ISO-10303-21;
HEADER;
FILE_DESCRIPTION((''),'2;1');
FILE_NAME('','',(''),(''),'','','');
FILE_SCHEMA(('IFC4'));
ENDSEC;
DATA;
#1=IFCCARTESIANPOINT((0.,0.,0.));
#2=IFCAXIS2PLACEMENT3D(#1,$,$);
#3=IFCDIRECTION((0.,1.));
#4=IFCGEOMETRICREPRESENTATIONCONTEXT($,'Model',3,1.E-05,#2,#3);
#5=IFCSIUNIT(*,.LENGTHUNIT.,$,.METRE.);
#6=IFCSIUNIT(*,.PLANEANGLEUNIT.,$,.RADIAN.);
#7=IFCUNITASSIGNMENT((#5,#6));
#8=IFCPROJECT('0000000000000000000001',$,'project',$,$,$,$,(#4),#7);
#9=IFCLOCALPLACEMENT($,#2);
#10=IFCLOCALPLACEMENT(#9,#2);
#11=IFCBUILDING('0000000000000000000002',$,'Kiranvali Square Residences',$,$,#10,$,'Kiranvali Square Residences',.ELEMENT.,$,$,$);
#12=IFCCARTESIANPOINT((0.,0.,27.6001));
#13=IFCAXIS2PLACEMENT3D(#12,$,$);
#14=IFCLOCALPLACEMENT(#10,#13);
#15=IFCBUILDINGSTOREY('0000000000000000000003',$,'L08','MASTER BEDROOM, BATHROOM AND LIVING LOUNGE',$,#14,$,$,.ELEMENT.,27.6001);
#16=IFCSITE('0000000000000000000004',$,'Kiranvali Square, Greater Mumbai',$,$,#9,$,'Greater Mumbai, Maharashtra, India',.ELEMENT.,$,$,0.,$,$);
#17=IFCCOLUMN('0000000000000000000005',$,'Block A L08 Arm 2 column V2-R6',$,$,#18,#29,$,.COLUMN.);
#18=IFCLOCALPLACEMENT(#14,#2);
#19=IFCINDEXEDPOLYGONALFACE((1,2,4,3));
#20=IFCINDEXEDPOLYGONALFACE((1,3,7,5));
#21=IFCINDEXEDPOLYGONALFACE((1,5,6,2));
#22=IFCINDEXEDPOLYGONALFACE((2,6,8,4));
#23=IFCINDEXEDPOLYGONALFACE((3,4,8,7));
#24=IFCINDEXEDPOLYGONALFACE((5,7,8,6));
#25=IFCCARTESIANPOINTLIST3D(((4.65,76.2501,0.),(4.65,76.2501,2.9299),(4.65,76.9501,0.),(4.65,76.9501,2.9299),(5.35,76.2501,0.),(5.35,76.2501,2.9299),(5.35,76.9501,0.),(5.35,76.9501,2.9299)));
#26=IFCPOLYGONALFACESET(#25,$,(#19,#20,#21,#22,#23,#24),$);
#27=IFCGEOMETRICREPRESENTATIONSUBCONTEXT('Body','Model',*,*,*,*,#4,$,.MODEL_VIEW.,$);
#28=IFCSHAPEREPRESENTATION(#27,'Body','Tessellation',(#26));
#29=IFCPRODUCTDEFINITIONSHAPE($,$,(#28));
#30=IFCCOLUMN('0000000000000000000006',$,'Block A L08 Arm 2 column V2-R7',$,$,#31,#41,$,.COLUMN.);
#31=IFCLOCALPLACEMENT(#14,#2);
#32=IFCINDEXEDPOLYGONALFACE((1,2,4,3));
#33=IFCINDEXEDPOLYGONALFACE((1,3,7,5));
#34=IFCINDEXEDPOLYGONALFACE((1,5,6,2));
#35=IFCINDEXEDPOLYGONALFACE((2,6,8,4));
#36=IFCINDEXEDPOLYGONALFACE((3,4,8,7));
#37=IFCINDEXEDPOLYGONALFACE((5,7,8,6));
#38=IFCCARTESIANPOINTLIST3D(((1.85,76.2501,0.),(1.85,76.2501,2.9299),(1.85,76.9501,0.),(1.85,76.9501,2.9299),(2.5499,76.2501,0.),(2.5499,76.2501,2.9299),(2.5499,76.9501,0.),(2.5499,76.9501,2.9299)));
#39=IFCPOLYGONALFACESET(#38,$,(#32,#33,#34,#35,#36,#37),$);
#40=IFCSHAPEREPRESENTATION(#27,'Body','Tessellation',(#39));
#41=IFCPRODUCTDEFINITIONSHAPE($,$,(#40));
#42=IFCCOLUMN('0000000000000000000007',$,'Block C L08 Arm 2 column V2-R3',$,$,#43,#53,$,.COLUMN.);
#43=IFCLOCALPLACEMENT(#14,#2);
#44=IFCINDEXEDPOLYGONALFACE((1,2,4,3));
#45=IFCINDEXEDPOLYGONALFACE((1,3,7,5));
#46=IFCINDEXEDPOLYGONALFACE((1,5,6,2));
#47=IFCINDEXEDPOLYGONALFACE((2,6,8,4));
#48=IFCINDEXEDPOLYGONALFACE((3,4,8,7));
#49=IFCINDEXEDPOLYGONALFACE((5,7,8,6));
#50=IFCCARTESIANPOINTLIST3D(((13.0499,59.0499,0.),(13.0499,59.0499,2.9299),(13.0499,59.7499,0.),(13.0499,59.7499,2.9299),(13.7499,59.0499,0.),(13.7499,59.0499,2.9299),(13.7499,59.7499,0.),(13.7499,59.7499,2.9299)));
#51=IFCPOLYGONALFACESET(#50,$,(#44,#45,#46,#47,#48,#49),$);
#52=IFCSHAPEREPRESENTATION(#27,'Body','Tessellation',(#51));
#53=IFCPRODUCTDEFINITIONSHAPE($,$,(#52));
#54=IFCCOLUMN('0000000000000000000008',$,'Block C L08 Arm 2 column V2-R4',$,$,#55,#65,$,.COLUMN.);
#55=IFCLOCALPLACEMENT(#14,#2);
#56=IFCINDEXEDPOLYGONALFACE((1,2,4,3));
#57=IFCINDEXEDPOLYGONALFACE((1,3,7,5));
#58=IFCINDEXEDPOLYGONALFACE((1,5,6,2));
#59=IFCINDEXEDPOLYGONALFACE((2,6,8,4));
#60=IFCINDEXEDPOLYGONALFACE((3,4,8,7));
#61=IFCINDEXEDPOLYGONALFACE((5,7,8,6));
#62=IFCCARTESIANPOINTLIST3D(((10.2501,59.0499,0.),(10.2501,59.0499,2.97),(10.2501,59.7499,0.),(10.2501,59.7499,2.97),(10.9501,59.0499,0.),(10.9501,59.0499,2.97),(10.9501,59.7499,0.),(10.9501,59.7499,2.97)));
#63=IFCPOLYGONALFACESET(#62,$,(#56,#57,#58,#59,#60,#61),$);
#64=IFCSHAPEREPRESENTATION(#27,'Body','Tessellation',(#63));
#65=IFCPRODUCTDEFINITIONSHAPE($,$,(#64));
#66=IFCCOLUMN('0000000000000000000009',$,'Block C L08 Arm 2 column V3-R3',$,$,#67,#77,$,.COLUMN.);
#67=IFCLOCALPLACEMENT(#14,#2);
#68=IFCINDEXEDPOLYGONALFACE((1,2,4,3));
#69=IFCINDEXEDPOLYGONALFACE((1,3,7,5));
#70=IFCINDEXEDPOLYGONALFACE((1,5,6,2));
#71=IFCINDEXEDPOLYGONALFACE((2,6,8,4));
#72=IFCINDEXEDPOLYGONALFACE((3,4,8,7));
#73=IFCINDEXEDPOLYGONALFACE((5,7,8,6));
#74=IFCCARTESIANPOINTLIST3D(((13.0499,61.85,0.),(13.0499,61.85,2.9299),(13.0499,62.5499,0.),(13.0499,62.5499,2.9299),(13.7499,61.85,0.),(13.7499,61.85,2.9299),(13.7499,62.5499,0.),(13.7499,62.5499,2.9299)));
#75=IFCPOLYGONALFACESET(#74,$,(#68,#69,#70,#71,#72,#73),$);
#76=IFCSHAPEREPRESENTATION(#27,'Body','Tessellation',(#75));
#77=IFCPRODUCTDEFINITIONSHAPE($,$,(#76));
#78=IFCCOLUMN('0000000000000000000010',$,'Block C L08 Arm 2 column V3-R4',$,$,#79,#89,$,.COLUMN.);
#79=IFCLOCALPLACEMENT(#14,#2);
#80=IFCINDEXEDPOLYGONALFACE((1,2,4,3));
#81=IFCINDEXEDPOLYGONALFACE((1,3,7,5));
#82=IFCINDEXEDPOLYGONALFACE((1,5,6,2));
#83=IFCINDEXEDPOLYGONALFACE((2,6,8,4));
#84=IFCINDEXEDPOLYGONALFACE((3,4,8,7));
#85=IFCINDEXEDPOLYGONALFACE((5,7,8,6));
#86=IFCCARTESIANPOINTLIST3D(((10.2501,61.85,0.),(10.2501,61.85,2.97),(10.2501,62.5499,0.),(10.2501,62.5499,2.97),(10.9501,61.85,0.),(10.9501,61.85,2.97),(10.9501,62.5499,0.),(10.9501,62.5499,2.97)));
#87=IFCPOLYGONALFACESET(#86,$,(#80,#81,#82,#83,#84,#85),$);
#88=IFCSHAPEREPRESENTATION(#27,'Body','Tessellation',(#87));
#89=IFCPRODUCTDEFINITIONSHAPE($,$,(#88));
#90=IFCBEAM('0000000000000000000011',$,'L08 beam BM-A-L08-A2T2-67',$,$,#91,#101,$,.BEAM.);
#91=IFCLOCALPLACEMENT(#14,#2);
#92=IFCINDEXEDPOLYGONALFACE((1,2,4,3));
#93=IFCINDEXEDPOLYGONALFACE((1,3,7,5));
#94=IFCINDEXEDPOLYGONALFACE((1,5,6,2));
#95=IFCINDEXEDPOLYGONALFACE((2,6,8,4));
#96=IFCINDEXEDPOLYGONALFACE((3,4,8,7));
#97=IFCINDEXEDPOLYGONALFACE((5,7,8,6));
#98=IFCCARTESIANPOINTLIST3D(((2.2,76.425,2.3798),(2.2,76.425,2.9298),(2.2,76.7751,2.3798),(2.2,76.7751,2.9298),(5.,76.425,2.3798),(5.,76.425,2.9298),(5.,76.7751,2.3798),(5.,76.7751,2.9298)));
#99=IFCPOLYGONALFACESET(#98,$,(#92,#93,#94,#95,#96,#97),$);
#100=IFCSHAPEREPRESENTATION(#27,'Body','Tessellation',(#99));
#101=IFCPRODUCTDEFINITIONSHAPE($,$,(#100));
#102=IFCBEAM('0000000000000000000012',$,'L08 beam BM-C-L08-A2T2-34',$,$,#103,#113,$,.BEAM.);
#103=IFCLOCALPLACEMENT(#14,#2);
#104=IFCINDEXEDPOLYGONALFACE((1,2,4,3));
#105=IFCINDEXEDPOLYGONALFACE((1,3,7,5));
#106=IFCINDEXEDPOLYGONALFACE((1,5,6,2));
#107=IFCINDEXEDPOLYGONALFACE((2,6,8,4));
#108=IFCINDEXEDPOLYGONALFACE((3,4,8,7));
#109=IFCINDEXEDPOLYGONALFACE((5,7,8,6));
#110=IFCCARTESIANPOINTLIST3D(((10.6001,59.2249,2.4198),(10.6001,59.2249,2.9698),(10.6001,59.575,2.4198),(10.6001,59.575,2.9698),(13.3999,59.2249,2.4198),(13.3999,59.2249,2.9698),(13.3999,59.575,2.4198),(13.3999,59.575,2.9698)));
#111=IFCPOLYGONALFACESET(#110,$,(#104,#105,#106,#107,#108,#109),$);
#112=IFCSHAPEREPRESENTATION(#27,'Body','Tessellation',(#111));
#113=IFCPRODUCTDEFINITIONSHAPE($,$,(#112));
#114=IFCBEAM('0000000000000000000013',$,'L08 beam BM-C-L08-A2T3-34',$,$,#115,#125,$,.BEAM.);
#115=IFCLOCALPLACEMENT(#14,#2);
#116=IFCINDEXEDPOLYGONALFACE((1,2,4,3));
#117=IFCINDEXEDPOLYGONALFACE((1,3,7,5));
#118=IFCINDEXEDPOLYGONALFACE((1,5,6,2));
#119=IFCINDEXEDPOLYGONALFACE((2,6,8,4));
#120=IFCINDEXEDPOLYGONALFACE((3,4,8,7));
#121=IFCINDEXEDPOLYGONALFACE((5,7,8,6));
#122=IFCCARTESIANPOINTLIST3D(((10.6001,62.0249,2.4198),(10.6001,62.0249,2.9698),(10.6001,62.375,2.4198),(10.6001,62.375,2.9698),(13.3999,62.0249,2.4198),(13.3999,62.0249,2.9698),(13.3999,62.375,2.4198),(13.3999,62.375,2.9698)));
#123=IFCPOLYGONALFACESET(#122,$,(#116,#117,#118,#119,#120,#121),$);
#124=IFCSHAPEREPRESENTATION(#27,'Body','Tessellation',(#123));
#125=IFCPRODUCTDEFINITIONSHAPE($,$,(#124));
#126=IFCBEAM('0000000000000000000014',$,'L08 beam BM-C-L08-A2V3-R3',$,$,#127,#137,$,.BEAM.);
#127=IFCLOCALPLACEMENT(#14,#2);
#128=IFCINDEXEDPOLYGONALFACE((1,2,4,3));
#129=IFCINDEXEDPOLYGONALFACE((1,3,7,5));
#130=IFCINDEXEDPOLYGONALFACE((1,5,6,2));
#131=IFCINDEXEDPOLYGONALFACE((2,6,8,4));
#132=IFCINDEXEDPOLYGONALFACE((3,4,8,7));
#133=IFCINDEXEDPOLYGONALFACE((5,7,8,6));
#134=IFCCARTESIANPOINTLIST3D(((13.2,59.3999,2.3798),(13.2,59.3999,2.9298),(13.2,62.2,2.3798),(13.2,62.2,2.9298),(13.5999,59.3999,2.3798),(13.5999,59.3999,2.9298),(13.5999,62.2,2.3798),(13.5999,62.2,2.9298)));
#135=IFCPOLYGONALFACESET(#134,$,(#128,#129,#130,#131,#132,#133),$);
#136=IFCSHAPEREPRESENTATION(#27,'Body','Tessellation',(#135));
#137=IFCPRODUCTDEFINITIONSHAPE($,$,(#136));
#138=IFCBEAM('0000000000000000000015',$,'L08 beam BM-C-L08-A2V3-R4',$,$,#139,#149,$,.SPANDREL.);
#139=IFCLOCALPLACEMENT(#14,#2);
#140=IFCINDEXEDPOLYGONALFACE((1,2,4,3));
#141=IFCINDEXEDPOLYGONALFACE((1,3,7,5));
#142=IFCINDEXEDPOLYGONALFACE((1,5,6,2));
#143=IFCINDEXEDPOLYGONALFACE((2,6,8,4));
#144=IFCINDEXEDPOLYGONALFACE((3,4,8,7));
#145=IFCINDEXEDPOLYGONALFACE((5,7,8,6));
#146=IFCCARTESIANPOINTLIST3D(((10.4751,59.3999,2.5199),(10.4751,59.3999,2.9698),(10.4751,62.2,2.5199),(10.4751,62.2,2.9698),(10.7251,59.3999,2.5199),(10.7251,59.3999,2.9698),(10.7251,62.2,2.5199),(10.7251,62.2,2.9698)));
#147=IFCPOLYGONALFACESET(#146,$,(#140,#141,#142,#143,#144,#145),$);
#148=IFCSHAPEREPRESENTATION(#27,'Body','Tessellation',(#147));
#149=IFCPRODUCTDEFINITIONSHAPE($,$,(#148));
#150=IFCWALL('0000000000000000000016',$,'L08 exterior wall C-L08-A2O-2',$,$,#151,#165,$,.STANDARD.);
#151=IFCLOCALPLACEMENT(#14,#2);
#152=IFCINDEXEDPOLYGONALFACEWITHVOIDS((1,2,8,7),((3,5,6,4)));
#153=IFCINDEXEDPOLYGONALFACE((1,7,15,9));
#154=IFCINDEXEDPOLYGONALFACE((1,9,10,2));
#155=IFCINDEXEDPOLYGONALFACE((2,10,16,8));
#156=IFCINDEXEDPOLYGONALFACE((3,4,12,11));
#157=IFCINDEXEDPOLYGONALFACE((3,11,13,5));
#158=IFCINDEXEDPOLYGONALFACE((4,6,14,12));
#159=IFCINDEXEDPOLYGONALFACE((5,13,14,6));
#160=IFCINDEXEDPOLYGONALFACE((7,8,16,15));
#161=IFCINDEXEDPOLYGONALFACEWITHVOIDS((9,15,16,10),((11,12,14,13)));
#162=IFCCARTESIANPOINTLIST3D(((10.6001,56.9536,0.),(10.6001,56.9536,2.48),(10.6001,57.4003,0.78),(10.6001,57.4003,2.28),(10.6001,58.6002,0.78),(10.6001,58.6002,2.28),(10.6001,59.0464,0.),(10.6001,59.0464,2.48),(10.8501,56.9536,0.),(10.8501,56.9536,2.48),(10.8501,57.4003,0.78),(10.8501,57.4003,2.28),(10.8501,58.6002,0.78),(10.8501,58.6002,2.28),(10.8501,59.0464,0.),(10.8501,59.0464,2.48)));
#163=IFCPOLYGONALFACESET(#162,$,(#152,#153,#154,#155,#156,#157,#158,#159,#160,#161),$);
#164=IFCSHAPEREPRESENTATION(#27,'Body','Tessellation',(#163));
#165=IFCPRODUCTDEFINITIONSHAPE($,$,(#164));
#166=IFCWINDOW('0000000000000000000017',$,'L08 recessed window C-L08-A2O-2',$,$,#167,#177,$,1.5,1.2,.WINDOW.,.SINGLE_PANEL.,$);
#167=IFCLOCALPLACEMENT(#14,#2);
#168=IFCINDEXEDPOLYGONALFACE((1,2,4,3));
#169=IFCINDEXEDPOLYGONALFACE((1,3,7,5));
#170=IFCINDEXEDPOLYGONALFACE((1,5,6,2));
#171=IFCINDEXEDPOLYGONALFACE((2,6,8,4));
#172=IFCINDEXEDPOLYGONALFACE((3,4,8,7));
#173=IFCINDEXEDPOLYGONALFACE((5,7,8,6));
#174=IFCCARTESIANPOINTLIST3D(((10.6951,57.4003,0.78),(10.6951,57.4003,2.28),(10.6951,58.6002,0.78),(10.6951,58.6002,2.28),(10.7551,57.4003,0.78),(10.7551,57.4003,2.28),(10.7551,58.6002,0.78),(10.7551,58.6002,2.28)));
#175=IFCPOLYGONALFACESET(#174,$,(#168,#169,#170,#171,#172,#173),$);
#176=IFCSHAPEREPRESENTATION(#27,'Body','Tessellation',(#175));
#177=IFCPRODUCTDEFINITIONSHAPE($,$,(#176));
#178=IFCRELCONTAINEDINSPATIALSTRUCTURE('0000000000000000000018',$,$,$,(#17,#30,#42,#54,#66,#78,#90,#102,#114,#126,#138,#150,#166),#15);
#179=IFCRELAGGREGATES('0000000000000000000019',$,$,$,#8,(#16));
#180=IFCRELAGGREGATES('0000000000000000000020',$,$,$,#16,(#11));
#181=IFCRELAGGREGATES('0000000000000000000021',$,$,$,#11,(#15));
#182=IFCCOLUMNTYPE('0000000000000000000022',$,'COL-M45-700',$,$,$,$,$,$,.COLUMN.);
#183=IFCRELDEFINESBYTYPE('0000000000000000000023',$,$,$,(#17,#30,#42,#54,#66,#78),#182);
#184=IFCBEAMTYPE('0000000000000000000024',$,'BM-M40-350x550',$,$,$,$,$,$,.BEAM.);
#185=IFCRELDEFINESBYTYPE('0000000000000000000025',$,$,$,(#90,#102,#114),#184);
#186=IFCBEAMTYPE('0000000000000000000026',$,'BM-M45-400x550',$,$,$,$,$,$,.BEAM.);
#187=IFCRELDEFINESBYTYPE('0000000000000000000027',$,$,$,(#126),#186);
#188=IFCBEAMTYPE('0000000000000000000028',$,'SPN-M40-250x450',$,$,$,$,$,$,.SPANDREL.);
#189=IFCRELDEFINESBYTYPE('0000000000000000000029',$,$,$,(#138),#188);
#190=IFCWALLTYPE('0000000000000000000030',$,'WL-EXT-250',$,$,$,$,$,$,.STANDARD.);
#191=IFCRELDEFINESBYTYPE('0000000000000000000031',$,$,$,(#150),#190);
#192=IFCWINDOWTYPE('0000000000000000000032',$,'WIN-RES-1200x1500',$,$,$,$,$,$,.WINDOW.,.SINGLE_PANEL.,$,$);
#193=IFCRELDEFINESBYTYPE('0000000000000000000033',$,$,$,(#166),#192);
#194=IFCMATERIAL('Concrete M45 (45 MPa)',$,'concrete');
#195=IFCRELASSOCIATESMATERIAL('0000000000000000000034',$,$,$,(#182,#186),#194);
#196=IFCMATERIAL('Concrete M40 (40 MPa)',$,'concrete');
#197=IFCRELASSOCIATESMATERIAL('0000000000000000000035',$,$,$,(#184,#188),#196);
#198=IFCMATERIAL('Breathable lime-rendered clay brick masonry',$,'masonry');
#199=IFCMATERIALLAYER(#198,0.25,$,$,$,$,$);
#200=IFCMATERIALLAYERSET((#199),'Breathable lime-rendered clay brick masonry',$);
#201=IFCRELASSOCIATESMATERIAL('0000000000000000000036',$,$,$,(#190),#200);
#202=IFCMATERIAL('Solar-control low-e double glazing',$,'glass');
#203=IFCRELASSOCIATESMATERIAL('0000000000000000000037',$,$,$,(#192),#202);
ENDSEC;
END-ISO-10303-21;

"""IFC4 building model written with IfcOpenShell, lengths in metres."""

from ifc_helpers import new_model, si_unit, direction, frame, frame_2d, origin, origin_2d, place, context, subcontext, project, spatial, rectangle, extrude, material, layer, layer_set, material_profile, profile_set, type_object, element, fill, save


model = new_model("IFC4")

# Units and contexts
model_context = context("Model", 3, precision=1e-05, world=origin(), true_north=direction((0.0, 1.0)))
body_context = subcontext(model_context, "Body", "Model", "MODEL_VIEW")
ifc_project = project(units=[si_unit("LENGTHUNIT", "METRE"), si_unit("PLANEANGLEUNIT", "RADIAN")], contexts=[model_context])

# Site, building, storey
site_placement = place(None, origin())
site = spatial("IfcSite", under=ifc_project, at=site_placement, Name="Kiranvali Square, Greater Mumbai", LongName="Greater Mumbai, Maharashtra, India", CompositionType="ELEMENT", RefElevation=0.0)
building_placement = place(site_placement, origin())
building = spatial("IfcBuilding", under=site, at=building_placement, Name="Kiranvali Square Residences", LongName="Kiranvali Square Residences", CompositionType="ELEMENT")
storey_placement = place(building_placement, frame((0.0, 0.0, 27.6001)))
storey = spatial("IfcBuildingStorey", under=building, at=storey_placement, Name="L08", Description="MASTER BEDROOM, BATHROOM AND LIVING LOUNGE", CompositionType="ELEMENT", Elevation=27.6001)

# Columns
ifc_material_1 = material(Name="Concrete M45 (45 MPa)", Category="concrete")
ifc_material_profile_1 = material_profile(ifc_material_1, rectangle(XDim=0.7, YDim=0.7, at=origin_2d()), Name="RC 700x700")
ifc_profile_set_1 = profile_set([ifc_material_profile_1], Name="Concrete M45 (45 MPa)")
column_type = type_object("IfcColumnType", Name="COL-M45-700", PredefinedType="COLUMN", material=ifc_profile_set_1)
for number, where, z_axis, x_axis, name in (
    (1, (5.0, 76.6001, 0.0), (0.0, 0.0, 1.0), (1.0, 0.0, 0.0), "Block A L08 Arm 2 column V2-R6"),
    (2, (2.2, 76.6001, 0.0), (0.0, 0.0, 1.0), (1.0, 0.0, 0.0), "Block A L08 Arm 2 column V2-R7"),
    (3, (13.3999, 59.3999, 0.0), (0.0, 0.0, 1.0), (1.0, 0.0, 0.0), "Block C L08 Arm 2 column V2-R3"),
):
    element("IfcColumn", number, at=place(storey_placement, frame(where, z_axis=z_axis, x_axis=x_axis)), inside=storey, type_object=column_type, Name=name, PredefinedType="COLUMN", context=body_context, shape_type="SweptSolid", body=[
        extrude(rectangle(XDim=0.7, YDim=0.7, at=origin_2d()), origin(), (0.0, 0.0, 1.0), 2.9299),
    ])
column_1_placement = place(storey_placement, frame((10.6001, 59.3999, 0.0), z_axis=(0.0, 0.0, 1.0), x_axis=(1.0, 0.0, 0.0)))
element("IfcColumn", 4, at=column_1_placement, inside=storey, type_object=column_type, Name="Block C L08 Arm 2 column V2-R4", PredefinedType="COLUMN", context=body_context, shape_type="SweptSolid", body=[
    extrude(rectangle(XDim=0.7, YDim=0.7, at=origin_2d()), origin(), (0.0, 0.0, 1.0), 2.97),
])
column_2_placement = place(storey_placement, frame((13.3999, 62.2, 0.0), z_axis=(0.0, 0.0, 1.0), x_axis=(1.0, 0.0, 0.0)))
element("IfcColumn", 5, at=column_2_placement, inside=storey, type_object=column_type, Name="Block C L08 Arm 2 column V3-R3", PredefinedType="COLUMN", context=body_context, shape_type="SweptSolid", body=[
    extrude(rectangle(XDim=0.7, YDim=0.7, at=origin_2d()), origin(), (0.0, 0.0, 1.0), 2.9299),
])
column_3_placement = place(storey_placement, frame((10.6001, 62.2, 0.0), z_axis=(0.0, 0.0, 1.0), x_axis=(1.0, 0.0, 0.0)))
element("IfcColumn", 6, at=column_3_placement, inside=storey, type_object=column_type, Name="Block C L08 Arm 2 column V3-R4", PredefinedType="COLUMN", context=body_context, shape_type="SweptSolid", body=[
    extrude(rectangle(XDim=0.7, YDim=0.7, at=origin_2d()), origin(), (0.0, 0.0, 1.0), 2.97),
])

# Beams
ifc_material_2 = material(Name="Concrete M40 (40 MPa)", Category="concrete")
ifc_material_profile_2 = material_profile(ifc_material_2, rectangle(XDim=0.3501, YDim=0.55, at=origin_2d()), Name="RC 350x550")
ifc_profile_set_2 = profile_set([ifc_material_profile_2], Name="Concrete M40 (40 MPa)")
beam_type_1 = type_object("IfcBeamType", Name="BM-M40-350x550", PredefinedType="BEAM", material=ifc_profile_set_2)
beam_1_placement = place(storey_placement, frame((5.0, 76.6001, 2.6548), z_axis=(-1.0, 0.0, 0.0), x_axis=(0.0, -1.0, 0.0)))
element("IfcBeam", 7, at=beam_1_placement, inside=storey, type_object=beam_type_1, Name="L08 beam BM-A-L08-A2T2-67", PredefinedType="BEAM", context=body_context, shape_type="SweptSolid", body=[
    extrude(rectangle(XDim=0.3501, YDim=0.55, at=origin_2d()), origin(), (0.0, 0.0, 1.0), 2.8),
])
for number, where, z_axis, x_axis, name in (
    (8, (13.3999, 59.3999, 2.6948), (-1.0, 0.0, 0.0), (0.0, -1.0, 0.0), "L08 beam BM-C-L08-A2T2-34"),
    (9, (13.3999, 62.2, 2.6948), (-1.0, 0.0, 0.0), (0.0, -1.0, 0.0), "L08 beam BM-C-L08-A2T3-34"),
):
    element("IfcBeam", number, at=place(storey_placement, frame(where, z_axis=z_axis, x_axis=x_axis)), inside=storey, type_object=beam_type_1, Name=name, PredefinedType="BEAM", context=body_context, shape_type="SweptSolid", body=[
        extrude(rectangle(XDim=0.3501, YDim=0.55, at=origin_2d()), origin(), (0.0, 0.0, 1.0), 2.7998),
    ])
ifc_material_profile_3 = material_profile(ifc_material_1, rectangle(XDim=0.3999, YDim=0.55, at=origin_2d()), Name="RC 400x550")
ifc_profile_set_3 = profile_set([ifc_material_profile_3], Name="Concrete M45 (45 MPa)")
beam_type_2 = type_object("IfcBeamType", Name="BM-M45-400x550", PredefinedType="BEAM", material=ifc_profile_set_3)
beam_2_placement = place(storey_placement, frame((13.3999, 59.3999, 2.6548), z_axis=(0.0, 1.0, 0.0), x_axis=(-1.0, 0.0, 0.0)))
element("IfcBeam", 10, at=beam_2_placement, inside=storey, type_object=beam_type_2, Name="L08 beam BM-C-L08-A2V3-R3", PredefinedType="BEAM", context=body_context, shape_type="SweptSolid", body=[
    extrude(rectangle(XDim=0.3999, YDim=0.55, at=origin_2d()), origin(), (0.0, 0.0, 1.0), 2.8),
])
ifc_material_profile_4 = material_profile(ifc_material_2, rectangle(XDim=0.25, YDim=0.45, at=origin_2d()), Name="RC 250x450")
ifc_profile_set_4 = profile_set([ifc_material_profile_4], Name="Concrete M40 (40 MPa)")
beam_type_3 = type_object("IfcBeamType", Name="SPN-M40-250x450", PredefinedType="SPANDREL", material=ifc_profile_set_4)
beam_3_placement = place(storey_placement, frame((10.6001, 59.3999, 2.7449), z_axis=(0.0, 1.0, 0.0), x_axis=(-1.0, 0.0, 0.0)))
element("IfcBeam", 11, at=beam_3_placement, inside=storey, type_object=beam_type_3, Name="L08 beam BM-C-L08-A2V3-R4", PredefinedType="SPANDREL", context=body_context, shape_type="SweptSolid", body=[
    extrude(rectangle(XDim=0.25, YDim=0.45, at=origin_2d()), origin(), (0.0, 0.0, 1.0), 2.8),
])

# Wall, opening, window
ifc_material_3 = material(Name="Breathable lime-rendered clay brick masonry", Category="masonry")
ifc_layer_1 = layer(ifc_material_3, 0.25)
ifc_layer_set_1 = layer_set([ifc_layer_1], Name="Breathable lime-rendered clay brick masonry")
wall_type_1 = type_object("IfcWallType", Name="WL-EXT-250", PredefinedType="STANDARD", material=ifc_layer_set_1)
wall_1_placement = place(storey_placement, frame((10.7251, 56.9536, 0.0), z_axis=(0.0, 0.0, 1.0), x_axis=(0.0, 1.0, 0.0)))
wall_1 = element("IfcWall", 12, at=wall_1_placement, inside=storey, type_object=wall_type_1, Name="L08 exterior wall C-L08-A2O-2", PredefinedType="STANDARD", context=body_context, shape_type="SweptSolid", body=[
    extrude(rectangle(XDim=2.0928, YDim=0.25, at=frame_2d((1.0464, 0.0))), origin(), (0.0, 0.0, 1.0), 2.48),
])
opening_1_placement = place(wall_1_placement, frame((0.4465, 0.0, 0.78)))
opening_1 = element("IfcOpeningElement", 13, at=opening_1_placement, cuts=wall_1, PredefinedType="OPENING", context=body_context, shape_type="SweptSolid", body=[
    extrude(rectangle(XDim=1.2, YDim=1.5, at=frame_2d((0.6001, 0.75))), frame((0.0, 0.135, 0.0), z_axis=(0.0, -1.0, 0.0), x_axis=(1.0, 0.0, 0.0)), (0.0, 0.0, 1.0), 0.27),
])
ifc_material_4 = material(Name="Solar-control low-e double glazing", Category="glass")
window_type_1 = type_object("IfcWindowType", Name="WIN-RES-1200x1500", PartitioningType="SINGLE_PANEL", PredefinedType="WINDOW", material=ifc_material_4)
window_1_placement = place(opening_1_placement, origin())
window_1 = element("IfcWindow", 14, at=window_1_placement, inside=storey, type_object=window_type_1, Name="L08 recessed window C-L08-A2O-2", OverallHeight=1.5, OverallWidth=1.2, PartitioningType="SINGLE_PANEL", PredefinedType="WINDOW", context=body_context, shape_type="SweptSolid", body=[
    extrude(rectangle(XDim=1.2, YDim=1.5, at=frame_2d((0.6001, 0.75))), frame((0.0, 0.03, 0.0), z_axis=(0.0, -1.0, 0.0), x_axis=(1.0, 0.0, 0.0)), (0.0, 0.0, 1.0), 0.0601),
])
fill(opening_1, window_1)

save(model, "model.ifc")
